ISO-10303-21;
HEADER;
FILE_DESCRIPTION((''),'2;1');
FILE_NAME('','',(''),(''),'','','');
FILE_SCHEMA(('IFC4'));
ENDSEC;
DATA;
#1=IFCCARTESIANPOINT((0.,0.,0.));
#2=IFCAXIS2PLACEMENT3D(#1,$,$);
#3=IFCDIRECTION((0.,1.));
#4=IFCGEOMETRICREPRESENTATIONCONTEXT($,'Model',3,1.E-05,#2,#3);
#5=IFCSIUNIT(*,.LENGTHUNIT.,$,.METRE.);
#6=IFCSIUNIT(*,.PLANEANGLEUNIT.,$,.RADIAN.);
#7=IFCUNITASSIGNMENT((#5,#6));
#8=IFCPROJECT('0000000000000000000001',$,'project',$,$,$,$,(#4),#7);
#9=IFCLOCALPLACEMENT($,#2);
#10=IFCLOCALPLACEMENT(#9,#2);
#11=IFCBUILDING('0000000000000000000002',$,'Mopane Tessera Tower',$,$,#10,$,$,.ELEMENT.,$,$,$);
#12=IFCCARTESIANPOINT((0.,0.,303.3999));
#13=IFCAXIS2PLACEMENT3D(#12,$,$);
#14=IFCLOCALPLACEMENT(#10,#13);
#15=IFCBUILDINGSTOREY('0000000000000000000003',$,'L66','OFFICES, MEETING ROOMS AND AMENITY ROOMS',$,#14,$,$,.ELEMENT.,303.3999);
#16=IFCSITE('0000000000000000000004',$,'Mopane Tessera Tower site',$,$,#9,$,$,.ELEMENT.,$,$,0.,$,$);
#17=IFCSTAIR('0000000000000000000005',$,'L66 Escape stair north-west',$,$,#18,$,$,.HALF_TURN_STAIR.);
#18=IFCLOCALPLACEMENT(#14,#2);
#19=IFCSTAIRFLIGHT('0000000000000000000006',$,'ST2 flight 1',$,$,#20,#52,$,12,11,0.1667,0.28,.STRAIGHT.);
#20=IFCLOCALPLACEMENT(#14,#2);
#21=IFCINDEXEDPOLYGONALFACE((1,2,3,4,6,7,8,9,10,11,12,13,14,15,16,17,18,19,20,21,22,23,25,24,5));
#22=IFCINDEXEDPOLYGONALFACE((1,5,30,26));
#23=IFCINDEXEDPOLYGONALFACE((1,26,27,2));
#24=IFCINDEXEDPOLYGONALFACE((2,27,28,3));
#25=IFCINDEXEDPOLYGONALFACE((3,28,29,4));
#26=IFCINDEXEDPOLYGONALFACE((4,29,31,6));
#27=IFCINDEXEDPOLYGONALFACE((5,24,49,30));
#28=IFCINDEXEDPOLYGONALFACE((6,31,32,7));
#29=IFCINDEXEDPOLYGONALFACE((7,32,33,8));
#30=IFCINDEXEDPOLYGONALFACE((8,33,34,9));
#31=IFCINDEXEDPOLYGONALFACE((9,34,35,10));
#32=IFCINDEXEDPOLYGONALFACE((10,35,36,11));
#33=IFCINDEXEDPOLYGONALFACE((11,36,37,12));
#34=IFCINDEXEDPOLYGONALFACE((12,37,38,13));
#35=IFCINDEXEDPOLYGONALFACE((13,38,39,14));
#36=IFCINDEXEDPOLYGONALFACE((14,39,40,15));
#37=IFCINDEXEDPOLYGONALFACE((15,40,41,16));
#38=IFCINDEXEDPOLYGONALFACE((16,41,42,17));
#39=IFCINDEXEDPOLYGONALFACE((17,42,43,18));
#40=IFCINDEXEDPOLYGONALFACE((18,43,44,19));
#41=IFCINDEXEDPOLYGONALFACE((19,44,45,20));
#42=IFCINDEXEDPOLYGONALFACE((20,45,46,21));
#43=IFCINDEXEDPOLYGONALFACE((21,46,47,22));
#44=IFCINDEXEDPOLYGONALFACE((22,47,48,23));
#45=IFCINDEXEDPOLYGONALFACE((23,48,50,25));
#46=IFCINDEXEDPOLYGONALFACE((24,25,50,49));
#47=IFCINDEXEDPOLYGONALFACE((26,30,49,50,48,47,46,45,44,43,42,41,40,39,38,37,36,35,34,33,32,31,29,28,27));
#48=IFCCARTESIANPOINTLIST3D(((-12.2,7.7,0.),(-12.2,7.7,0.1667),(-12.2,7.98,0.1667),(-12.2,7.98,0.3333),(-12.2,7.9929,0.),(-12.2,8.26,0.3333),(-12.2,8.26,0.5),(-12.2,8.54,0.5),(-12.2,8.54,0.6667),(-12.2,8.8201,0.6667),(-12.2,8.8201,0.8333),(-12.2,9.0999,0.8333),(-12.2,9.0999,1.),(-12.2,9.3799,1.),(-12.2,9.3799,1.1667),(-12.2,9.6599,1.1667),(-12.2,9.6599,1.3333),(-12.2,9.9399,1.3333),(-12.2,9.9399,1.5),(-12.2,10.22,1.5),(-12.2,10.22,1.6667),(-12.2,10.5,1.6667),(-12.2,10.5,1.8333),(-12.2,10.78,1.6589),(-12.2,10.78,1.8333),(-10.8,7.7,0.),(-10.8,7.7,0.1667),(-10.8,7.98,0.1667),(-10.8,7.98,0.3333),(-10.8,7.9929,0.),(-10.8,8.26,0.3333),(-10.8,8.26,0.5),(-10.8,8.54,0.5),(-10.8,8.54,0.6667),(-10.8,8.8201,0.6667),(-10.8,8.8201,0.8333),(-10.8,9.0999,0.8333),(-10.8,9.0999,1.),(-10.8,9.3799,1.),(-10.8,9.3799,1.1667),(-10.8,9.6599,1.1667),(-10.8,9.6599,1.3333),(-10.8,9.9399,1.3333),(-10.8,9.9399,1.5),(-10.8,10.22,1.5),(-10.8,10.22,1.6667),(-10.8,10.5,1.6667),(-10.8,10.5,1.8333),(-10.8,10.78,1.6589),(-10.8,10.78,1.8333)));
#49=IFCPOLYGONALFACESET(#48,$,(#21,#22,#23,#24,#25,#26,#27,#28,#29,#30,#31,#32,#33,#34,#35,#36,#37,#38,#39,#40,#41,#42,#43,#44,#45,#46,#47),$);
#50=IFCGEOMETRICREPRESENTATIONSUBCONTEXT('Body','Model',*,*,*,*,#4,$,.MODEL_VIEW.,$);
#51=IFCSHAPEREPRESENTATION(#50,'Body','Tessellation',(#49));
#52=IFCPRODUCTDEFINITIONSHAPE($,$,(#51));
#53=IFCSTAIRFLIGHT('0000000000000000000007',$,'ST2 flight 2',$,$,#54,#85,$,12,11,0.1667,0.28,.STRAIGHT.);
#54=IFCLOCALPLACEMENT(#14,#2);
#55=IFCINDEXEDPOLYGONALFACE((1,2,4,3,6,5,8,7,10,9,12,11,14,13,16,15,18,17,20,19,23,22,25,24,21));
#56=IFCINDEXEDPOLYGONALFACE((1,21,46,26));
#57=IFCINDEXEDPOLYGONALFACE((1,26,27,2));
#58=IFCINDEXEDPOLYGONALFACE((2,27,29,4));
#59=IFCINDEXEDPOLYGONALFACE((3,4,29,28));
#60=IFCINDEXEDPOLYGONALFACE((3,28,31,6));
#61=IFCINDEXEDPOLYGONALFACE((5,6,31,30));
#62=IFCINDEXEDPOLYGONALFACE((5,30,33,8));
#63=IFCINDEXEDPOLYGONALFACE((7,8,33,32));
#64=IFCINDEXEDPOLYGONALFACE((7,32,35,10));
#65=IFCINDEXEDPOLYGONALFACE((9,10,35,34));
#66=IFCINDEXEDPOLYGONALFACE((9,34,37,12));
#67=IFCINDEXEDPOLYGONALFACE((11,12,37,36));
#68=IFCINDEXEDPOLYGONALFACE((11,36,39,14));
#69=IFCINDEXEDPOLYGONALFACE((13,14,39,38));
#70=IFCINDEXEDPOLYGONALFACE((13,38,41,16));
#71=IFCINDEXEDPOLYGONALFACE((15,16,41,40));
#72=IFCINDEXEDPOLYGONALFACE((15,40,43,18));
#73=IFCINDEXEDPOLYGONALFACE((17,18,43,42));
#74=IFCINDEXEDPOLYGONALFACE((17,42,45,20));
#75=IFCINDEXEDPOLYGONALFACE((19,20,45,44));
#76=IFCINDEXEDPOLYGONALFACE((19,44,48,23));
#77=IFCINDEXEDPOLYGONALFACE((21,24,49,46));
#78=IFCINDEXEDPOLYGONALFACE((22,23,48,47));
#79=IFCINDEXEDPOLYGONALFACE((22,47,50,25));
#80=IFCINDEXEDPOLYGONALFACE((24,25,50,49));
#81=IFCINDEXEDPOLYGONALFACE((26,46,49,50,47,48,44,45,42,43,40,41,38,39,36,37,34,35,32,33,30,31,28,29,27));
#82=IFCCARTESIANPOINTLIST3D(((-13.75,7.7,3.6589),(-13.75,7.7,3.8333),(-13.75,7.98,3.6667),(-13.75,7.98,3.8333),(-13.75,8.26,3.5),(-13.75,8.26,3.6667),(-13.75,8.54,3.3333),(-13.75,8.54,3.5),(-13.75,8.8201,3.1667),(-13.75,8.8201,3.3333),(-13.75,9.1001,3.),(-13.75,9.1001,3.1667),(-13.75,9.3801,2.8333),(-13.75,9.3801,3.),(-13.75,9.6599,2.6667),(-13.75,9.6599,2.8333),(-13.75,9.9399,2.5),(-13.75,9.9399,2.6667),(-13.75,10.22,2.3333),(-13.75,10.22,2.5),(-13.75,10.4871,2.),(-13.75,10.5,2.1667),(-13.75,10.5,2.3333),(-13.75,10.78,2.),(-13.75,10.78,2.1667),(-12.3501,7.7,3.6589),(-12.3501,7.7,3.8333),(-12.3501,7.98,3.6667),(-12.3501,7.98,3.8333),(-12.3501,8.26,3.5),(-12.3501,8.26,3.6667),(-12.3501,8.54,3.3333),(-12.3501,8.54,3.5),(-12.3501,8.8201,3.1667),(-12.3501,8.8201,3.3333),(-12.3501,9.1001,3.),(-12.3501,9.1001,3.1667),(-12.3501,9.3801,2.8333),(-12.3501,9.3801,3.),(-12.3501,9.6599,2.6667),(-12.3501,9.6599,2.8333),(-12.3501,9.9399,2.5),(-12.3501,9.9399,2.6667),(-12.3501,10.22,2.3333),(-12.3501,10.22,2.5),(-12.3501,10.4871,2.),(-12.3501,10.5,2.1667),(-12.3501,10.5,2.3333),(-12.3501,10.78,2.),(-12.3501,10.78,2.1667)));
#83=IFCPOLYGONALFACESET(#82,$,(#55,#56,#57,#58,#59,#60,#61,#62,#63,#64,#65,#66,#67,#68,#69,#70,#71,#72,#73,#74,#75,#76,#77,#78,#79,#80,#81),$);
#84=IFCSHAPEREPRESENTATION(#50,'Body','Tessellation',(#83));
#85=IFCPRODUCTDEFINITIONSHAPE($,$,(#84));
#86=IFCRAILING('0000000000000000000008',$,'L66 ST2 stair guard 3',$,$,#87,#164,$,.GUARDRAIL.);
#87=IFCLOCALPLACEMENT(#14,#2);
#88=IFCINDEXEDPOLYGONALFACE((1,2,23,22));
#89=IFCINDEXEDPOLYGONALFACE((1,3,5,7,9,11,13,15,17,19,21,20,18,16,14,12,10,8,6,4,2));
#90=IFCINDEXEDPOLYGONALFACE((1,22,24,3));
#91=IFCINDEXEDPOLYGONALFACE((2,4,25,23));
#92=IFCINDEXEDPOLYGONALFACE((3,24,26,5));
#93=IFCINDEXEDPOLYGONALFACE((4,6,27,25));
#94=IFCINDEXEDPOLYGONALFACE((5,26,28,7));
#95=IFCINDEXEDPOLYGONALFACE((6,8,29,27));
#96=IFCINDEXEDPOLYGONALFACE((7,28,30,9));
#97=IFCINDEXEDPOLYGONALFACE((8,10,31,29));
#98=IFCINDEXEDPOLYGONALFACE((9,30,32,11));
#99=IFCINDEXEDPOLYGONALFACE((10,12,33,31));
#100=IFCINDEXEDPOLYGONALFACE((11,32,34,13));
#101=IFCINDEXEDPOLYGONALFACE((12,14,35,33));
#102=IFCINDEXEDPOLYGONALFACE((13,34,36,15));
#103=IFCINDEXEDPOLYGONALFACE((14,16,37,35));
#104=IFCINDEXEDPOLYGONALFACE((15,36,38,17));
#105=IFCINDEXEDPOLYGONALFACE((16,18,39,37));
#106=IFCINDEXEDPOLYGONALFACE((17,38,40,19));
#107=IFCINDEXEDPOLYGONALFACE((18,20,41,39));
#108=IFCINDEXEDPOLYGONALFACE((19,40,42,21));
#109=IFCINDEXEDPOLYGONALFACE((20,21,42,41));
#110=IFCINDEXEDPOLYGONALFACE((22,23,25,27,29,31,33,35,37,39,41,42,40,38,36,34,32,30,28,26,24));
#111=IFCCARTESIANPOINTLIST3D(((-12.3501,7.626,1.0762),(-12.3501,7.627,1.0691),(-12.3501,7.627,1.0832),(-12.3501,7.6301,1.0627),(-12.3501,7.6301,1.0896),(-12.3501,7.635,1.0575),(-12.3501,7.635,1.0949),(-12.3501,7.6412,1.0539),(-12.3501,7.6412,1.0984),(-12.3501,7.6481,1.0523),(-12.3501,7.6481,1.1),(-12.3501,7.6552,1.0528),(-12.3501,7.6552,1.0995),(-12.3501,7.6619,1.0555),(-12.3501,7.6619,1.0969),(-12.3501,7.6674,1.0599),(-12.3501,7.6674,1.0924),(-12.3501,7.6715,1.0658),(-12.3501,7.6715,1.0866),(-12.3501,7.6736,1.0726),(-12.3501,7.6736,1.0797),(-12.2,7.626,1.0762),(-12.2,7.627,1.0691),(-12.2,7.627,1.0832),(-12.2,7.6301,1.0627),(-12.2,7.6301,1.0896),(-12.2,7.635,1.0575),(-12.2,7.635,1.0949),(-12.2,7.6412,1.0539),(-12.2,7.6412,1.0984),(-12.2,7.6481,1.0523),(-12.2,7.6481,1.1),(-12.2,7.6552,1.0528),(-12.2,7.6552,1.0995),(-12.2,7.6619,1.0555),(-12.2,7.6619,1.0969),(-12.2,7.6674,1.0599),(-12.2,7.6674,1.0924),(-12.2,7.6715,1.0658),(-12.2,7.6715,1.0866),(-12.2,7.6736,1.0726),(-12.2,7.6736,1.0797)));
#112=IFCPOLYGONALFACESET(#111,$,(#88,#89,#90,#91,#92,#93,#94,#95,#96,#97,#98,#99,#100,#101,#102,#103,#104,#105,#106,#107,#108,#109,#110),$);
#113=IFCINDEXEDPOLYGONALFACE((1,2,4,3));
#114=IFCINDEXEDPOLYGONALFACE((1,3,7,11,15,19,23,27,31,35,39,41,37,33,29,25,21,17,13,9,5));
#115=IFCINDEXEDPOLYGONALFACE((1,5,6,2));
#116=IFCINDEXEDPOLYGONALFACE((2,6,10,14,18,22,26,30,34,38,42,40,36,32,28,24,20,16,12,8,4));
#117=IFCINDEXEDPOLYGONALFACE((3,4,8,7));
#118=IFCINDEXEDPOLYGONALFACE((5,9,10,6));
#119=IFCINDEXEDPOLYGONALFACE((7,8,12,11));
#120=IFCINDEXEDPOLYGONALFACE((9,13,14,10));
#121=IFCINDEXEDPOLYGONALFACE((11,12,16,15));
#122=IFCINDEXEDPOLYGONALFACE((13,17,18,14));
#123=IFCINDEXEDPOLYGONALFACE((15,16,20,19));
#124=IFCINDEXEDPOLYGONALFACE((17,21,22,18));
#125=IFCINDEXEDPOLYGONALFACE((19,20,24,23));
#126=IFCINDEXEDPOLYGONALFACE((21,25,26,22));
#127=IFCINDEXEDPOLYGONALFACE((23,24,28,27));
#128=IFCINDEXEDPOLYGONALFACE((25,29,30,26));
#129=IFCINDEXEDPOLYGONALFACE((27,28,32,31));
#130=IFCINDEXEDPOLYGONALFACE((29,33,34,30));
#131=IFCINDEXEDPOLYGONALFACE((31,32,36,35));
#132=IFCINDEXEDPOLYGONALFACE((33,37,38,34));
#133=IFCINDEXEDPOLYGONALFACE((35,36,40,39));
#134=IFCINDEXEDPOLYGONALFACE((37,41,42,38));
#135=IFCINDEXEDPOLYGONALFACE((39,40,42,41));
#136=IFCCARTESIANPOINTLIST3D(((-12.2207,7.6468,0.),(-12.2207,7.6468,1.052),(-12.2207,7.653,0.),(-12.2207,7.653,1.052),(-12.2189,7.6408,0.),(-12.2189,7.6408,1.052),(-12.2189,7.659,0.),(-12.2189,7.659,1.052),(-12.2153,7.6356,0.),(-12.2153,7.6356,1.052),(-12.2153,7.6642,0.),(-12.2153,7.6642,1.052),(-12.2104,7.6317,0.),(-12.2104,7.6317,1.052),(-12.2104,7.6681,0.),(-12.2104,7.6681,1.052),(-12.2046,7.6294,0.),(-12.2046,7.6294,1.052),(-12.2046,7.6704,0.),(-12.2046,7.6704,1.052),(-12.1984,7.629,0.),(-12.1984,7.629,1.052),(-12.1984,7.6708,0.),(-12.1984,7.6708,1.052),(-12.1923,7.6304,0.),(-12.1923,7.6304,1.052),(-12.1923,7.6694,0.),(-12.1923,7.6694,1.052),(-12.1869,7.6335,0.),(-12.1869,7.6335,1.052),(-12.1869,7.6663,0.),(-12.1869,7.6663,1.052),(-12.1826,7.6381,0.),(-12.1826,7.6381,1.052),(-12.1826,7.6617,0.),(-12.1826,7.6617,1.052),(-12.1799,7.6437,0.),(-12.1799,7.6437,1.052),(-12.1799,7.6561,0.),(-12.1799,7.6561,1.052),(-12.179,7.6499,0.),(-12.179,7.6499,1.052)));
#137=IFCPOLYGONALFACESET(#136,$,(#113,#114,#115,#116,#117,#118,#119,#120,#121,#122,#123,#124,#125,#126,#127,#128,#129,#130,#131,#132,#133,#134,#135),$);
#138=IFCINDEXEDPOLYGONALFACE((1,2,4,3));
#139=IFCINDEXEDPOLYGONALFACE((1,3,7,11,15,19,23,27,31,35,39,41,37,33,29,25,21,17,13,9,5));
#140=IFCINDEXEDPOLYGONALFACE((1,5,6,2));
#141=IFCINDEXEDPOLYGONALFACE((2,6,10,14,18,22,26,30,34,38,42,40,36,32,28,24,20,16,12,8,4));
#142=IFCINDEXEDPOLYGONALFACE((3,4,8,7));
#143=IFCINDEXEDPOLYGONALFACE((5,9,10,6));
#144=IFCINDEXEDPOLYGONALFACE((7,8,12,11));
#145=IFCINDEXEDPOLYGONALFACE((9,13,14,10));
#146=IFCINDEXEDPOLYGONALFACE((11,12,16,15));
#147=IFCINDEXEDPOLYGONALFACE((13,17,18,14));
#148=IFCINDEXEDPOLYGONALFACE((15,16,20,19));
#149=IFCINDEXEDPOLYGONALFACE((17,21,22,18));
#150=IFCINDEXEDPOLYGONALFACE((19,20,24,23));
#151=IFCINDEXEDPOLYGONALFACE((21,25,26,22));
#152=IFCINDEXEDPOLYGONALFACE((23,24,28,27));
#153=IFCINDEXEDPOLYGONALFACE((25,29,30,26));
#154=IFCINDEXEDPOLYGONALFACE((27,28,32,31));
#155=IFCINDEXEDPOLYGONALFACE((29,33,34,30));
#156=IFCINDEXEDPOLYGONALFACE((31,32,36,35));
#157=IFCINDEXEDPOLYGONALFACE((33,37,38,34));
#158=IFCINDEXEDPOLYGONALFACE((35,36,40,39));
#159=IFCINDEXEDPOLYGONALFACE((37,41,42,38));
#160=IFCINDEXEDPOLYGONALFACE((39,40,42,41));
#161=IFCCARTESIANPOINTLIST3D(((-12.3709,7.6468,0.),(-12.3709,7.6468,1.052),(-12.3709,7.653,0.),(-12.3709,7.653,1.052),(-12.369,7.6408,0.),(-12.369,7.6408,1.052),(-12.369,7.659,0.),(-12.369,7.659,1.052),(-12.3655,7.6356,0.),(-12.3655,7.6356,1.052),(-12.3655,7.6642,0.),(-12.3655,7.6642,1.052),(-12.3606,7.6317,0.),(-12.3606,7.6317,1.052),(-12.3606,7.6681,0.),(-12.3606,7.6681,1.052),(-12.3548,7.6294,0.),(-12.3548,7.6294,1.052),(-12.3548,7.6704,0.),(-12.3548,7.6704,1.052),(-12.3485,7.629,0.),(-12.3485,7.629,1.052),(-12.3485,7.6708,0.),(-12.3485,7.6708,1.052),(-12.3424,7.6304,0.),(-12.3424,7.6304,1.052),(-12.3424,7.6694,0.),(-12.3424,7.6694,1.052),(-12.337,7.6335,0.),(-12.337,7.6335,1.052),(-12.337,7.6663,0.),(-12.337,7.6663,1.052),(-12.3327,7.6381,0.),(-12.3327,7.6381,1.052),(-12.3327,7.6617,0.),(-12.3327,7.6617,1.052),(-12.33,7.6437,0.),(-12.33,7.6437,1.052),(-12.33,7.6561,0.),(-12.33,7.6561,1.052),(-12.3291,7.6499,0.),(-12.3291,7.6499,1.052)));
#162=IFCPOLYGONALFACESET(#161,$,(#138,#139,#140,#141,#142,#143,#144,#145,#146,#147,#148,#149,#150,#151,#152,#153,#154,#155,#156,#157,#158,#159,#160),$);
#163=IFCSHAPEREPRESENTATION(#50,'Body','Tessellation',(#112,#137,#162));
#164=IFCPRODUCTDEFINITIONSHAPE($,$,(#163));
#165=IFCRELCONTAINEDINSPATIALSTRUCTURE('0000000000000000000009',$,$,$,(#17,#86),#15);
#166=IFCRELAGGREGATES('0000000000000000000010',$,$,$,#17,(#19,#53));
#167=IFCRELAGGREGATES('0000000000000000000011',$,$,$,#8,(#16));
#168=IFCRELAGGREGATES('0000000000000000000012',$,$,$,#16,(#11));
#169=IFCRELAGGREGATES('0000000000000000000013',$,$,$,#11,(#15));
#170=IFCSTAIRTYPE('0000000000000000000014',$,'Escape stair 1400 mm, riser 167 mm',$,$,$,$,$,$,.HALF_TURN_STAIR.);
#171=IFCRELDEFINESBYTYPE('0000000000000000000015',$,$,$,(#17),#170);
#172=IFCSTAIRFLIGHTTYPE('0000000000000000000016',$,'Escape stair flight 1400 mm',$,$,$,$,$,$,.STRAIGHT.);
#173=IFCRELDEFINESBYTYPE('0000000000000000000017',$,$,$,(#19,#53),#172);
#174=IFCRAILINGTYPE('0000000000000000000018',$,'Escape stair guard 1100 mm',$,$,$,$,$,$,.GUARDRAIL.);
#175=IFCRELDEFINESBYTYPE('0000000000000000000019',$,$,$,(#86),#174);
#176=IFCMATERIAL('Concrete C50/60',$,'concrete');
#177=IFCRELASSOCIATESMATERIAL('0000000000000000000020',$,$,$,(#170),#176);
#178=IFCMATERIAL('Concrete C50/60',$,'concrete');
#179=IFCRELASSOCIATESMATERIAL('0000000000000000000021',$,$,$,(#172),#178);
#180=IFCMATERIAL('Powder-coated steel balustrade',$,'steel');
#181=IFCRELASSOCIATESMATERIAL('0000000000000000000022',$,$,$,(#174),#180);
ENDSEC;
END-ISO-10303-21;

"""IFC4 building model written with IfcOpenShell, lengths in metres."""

from ifc_helpers import new_model, si_unit, direction, frame, origin, origin_2d, place, context, subcontext, project, spatial, polyline, circle, outline, extrude, material, type_object, element, aggregate, save


model = new_model("IFC4")

# Units and contexts
model_context = context("Model", 3, precision=1e-05, world=origin(), true_north=direction((0.0, 1.0)))
body_context = subcontext(model_context, "Body", "Model", "MODEL_VIEW")
ifc_project = project(units=[si_unit("LENGTHUNIT", "METRE"), si_unit("PLANEANGLEUNIT", "RADIAN")], contexts=[model_context])

# Site, building, storey
site_placement = place(None, origin())
site = spatial("IfcSite", under=ifc_project, at=site_placement, Name="Mopane Tessera Tower site", CompositionType="ELEMENT", RefElevation=0.0)
building_placement = place(site_placement, origin())
building = spatial("IfcBuilding", under=site, at=building_placement, Name="Mopane Tessera Tower", CompositionType="ELEMENT")
storey_placement = place(building_placement, frame((0.0, 0.0, 303.3999)))
storey = spatial("IfcBuildingStorey", under=building, at=storey_placement, Name="L66", Description="OFFICES, MEETING ROOMS AND AMENITY ROOMS", CompositionType="ELEMENT", Elevation=303.3999)

# Stair, stair flights
ifc_material_1 = material(Name="Concrete C50/60", Category="concrete")
stair_type = type_object("IfcStairType", Name="Escape stair 1400 mm, riser 167 mm", PredefinedType="HALF_TURN_STAIR", material=ifc_material_1)
stair_placement = place(storey_placement, origin())
stair = element("IfcStair", 1, at=stair_placement, inside=storey, type_object=stair_type, Name="L66 Escape stair north-west", PredefinedType="HALF_TURN_STAIR")
ifc_material_2 = material(Name="Concrete C50/60", Category="concrete")
stair_flight_type = type_object("IfcStairFlightType", Name="Escape stair flight 1400 mm", PredefinedType="STRAIGHT", material=ifc_material_2)
stair_flight_1_placement = place(storey_placement, frame((-11.5, 7.7, 0.0), z_axis=(0.0, 0.0, 1.0), x_axis=(0.0, 1.0, 0.0)))
stair_flight_1 = element("IfcStairFlight", 2, at=stair_flight_1_placement, type_object=stair_flight_type, Name="ST2 flight 1", NumberOfRisers=12, NumberOfTreads=11, PredefinedType="STRAIGHT", RiserHeight=0.1667, TreadLength=0.28, context=body_context, shape_type="SweptSolid", body=[
    extrude(outline(polyline([(0.0, 0.0), (0.0, 0.1667), (0.28, 0.1667), (0.28, 0.3333), (0.5601, 0.3333), (0.5601, 0.5), (0.8401, 0.5), (0.8401, 0.6667), (1.1201, 0.6667), (1.1201, 0.8333), (1.3999, 0.8333), (1.3999, 1.0), (1.6799, 1.0), (1.6799, 1.1667), (1.96, 1.1667), (1.96, 1.3333), (2.24, 1.3333), (2.24, 1.5), (2.52, 1.5), (2.52, 1.6667), (2.8, 1.6667), (2.8, 1.8333), (3.0801, 1.8333), (3.0801, 2.0), (3.0801, 1.6589), (0.293, 0.0), (0.0, 0.0)])), frame((0.0, 0.7, 0.0), z_axis=(0.0, -1.0, 0.0), x_axis=(1.0, 0.0, 0.0)), (0.0, 0.0, 1.0), 1.3999),
])
stair_flight_2_placement = place(storey_placement, frame((-13.05, 10.78, 2.0), z_axis=(0.0, 0.0, 1.0), x_axis=(0.0, -1.0, 0.0)))
stair_flight_2 = element("IfcStairFlight", 3, at=stair_flight_2_placement, type_object=stair_flight_type, Name="ST2 flight 2", NumberOfRisers=12, NumberOfTreads=11, PredefinedType="STRAIGHT", RiserHeight=0.1667, TreadLength=0.28, context=body_context, shape_type="SweptSolid", body=[
    extrude(outline(polyline([(0.0, 0.0), (0.0, 0.1667), (0.28, 0.1667), (0.28, 0.3333), (0.5601, 0.3333), (0.5601, 0.5), (0.8401, 0.5), (0.8401, 0.6667), (1.1201, 0.6667), (1.1201, 0.8333), (1.3999, 0.8333), (1.3999, 1.0), (1.6799, 1.0), (1.6799, 1.1667), (1.96, 1.1667), (1.96, 1.3333), (2.24, 1.3333), (2.24, 1.5), (2.52, 1.5), (2.52, 1.6667), (2.8, 1.6667), (2.8, 1.8333), (3.0801, 1.8333), (3.0801, 2.0), (3.0801, 1.6589), (0.293, 0.0), (0.0, 0.0)])), frame((0.0, 0.7, 0.0), z_axis=(0.0, -1.0, 0.0), x_axis=(1.0, 0.0, 0.0)), (0.0, 0.0, 1.0), 1.3999),
])
aggregate(stair, [stair_flight_1, stair_flight_2])

# Railing
ifc_material_3 = material(Name="Powder-coated steel balustrade", Category="steel")
railing_type_1 = type_object("IfcRailingType", Name="Escape stair guard 1100 mm", PredefinedType="GUARDRAIL", material=ifc_material_3)
railing_1_placement = place(storey_placement, frame((-12.2, 7.6499, 0.0)))
element("IfcRailing", 4, at=railing_1_placement, inside=storey, type_object=railing_type_1, Name="L66 ST2 stair guard 3", PredefinedType="GUARDRAIL", context=body_context, shape_type="SweptSolid", body=[
    extrude(circle(Radius=0.0239, at=origin_2d()), frame((0.0, 0.0, 1.0762), z_axis=(-1.0, 0.0, 0.0), x_axis=(0.0, -1.0, 0.0)), (0.0, 0.0, 1.0), 0.1501),
    extrude(circle(Radius=0.021, at=origin_2d()), origin(), (0.0, 0.0, 1.0), 1.052),
    extrude(circle(Radius=0.021, at=origin_2d()), frame((-0.1501, 0.0, 0.0)), (0.0, 0.0, 1.0), 1.052),
])

save(model, "model.ifc")
